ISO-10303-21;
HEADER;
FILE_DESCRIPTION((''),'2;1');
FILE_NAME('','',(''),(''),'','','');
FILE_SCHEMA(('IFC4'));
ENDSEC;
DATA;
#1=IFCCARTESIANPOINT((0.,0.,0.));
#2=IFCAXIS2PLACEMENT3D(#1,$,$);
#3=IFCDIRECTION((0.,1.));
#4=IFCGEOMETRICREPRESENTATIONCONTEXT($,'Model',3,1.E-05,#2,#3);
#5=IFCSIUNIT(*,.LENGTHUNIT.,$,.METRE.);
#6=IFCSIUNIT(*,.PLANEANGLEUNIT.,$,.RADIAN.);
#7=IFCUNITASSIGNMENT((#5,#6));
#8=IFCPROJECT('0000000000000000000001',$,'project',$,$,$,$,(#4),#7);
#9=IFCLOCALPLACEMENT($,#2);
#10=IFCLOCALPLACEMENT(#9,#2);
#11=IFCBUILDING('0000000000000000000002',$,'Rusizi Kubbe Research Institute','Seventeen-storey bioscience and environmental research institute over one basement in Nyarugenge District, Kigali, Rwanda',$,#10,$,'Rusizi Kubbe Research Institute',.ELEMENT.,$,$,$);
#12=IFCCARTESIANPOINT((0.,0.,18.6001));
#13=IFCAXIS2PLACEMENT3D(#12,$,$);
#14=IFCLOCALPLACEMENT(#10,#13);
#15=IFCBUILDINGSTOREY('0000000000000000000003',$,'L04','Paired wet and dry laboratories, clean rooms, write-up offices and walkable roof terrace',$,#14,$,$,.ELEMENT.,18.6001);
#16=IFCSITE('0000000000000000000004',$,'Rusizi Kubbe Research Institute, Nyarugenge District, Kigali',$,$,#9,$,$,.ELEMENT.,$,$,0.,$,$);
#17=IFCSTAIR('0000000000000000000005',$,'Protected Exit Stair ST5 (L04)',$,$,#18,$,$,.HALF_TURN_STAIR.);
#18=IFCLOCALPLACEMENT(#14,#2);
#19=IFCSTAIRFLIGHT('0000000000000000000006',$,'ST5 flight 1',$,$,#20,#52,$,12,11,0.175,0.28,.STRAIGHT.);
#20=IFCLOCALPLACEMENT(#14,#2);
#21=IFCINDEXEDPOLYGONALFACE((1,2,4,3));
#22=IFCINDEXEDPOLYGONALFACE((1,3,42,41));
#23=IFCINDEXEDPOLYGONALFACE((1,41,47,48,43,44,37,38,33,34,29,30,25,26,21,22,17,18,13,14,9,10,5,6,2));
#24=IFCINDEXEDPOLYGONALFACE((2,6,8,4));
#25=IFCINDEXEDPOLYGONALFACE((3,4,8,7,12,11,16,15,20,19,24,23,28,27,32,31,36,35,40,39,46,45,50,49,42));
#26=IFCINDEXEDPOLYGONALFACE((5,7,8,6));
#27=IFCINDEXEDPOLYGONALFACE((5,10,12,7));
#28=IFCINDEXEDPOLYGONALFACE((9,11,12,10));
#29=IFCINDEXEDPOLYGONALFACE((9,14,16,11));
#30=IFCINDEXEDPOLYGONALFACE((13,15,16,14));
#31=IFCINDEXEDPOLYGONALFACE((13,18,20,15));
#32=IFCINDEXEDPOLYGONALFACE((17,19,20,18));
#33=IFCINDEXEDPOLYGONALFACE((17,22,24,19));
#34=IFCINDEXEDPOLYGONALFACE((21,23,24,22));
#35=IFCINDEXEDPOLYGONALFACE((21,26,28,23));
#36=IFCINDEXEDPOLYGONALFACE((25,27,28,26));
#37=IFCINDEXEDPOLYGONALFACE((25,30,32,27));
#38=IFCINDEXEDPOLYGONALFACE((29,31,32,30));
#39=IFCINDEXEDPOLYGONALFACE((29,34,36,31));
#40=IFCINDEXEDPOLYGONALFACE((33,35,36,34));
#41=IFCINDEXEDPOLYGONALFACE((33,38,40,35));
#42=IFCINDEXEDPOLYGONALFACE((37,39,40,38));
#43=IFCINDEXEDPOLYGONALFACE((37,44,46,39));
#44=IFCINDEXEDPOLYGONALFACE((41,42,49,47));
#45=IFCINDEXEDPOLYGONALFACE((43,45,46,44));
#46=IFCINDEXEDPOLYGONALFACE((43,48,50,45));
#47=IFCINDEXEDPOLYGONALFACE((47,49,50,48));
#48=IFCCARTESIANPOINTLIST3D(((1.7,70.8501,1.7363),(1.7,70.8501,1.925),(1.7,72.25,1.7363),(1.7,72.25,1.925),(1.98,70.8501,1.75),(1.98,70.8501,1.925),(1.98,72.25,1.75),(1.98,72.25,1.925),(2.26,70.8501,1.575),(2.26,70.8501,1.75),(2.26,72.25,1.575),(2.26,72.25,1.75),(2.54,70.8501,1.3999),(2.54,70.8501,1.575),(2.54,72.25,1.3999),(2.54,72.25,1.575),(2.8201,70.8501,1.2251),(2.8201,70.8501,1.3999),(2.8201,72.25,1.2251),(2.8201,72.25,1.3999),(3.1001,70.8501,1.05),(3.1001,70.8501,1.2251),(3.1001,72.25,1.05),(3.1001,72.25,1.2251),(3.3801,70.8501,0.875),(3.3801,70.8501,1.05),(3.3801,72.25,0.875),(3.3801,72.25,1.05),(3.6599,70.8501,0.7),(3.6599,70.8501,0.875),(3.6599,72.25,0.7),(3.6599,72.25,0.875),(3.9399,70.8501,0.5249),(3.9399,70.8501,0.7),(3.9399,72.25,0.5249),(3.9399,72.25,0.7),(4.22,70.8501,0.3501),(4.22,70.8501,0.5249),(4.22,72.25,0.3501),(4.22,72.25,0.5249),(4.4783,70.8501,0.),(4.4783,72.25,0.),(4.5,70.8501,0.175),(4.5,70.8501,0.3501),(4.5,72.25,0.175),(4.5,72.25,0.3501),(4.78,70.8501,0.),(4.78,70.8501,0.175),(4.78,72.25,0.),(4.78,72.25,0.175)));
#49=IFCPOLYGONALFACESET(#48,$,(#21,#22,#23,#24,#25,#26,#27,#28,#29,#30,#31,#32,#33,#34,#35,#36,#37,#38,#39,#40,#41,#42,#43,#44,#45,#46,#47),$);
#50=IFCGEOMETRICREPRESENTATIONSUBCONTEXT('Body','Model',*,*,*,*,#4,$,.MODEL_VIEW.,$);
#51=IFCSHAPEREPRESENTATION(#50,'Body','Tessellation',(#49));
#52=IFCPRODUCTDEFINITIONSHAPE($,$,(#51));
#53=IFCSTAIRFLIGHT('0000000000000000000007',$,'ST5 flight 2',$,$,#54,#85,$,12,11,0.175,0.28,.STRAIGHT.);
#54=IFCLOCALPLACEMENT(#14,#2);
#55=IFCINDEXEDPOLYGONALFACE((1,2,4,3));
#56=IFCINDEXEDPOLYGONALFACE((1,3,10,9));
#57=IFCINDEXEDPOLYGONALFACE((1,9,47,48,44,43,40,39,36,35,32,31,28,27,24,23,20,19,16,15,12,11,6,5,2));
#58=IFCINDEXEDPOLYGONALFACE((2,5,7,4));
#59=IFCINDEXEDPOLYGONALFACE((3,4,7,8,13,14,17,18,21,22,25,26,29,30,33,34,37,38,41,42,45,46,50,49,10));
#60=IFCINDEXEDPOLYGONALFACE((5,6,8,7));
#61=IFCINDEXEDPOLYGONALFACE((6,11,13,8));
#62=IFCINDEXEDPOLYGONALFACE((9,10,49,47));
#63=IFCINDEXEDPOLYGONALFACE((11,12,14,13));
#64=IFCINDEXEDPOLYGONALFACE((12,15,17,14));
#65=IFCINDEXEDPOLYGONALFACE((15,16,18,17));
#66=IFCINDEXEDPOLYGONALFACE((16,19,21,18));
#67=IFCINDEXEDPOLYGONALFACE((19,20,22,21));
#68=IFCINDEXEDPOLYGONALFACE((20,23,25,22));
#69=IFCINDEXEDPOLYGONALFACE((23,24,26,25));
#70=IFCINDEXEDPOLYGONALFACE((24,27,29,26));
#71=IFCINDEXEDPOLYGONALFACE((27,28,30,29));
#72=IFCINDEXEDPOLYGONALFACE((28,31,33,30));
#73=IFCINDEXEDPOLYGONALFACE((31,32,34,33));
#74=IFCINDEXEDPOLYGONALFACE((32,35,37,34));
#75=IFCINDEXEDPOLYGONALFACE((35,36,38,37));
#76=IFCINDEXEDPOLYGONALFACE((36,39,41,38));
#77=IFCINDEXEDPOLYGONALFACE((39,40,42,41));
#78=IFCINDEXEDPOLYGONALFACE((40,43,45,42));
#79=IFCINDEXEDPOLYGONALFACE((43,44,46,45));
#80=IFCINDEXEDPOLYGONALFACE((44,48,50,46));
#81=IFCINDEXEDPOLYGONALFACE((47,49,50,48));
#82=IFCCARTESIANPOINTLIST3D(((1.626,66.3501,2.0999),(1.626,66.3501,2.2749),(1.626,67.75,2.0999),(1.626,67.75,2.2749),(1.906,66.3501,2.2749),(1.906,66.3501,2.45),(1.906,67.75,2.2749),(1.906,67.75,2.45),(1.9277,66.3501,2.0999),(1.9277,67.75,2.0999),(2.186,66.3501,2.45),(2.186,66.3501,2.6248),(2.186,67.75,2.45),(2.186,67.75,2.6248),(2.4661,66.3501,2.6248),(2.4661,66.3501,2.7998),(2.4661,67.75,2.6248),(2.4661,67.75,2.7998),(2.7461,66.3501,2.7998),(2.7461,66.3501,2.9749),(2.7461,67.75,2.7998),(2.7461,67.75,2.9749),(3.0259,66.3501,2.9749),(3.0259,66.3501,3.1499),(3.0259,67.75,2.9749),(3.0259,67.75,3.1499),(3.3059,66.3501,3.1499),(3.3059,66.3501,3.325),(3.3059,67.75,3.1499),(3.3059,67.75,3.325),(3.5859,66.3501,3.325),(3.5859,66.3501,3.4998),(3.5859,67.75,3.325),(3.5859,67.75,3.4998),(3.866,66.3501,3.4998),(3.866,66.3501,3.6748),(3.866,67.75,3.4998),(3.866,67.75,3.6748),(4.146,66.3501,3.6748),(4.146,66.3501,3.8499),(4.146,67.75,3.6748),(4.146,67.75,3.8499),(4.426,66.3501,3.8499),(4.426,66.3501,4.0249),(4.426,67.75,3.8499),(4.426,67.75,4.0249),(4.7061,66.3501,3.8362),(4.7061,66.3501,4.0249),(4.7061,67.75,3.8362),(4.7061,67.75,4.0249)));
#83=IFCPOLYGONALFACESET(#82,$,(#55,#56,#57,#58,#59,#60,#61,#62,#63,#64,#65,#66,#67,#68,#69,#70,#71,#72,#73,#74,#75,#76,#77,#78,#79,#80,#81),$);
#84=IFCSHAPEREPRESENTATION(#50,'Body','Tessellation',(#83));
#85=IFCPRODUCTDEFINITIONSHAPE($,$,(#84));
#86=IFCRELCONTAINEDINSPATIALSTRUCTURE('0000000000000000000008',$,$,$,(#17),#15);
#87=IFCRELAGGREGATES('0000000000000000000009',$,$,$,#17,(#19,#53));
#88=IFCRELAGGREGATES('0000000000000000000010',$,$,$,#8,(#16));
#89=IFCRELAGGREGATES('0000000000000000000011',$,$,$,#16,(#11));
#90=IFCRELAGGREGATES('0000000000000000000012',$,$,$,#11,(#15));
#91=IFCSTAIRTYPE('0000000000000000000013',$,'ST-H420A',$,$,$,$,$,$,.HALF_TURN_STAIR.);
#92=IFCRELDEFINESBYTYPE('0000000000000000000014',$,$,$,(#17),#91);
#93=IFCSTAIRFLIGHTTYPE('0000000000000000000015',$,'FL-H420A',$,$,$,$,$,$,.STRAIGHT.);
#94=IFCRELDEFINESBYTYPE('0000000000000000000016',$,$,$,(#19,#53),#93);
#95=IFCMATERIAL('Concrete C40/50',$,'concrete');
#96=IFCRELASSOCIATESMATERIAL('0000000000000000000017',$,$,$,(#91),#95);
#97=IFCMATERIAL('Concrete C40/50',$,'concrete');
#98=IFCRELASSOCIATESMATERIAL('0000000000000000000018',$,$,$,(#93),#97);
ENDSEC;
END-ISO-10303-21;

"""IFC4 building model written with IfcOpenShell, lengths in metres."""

from ifc_helpers import new_model, si_unit, direction, frame, origin, place, context, subcontext, project, spatial, polyline, outline, extrude, material, type_object, element, aggregate, save


model = new_model("IFC4")

# Units and contexts
model_context = context("Model", 3, precision=1e-05, world=origin(), true_north=direction((0.0, 1.0)))
body_context = subcontext(model_context, "Body", "Model", "MODEL_VIEW")
ifc_project = project(units=[si_unit("LENGTHUNIT", "METRE"), si_unit("PLANEANGLEUNIT", "RADIAN")], contexts=[model_context])

# Site, building, storey
site_placement = place(None, origin())
site = spatial("IfcSite", under=ifc_project, at=site_placement, Name="Rusizi Kubbe Research Institute, Nyarugenge District, Kigali", CompositionType="ELEMENT", RefElevation=0.0)
building_placement = place(site_placement, origin())
building = spatial("IfcBuilding", under=site, at=building_placement, Name="Rusizi Kubbe Research Institute", Description="Seventeen-storey bioscience and environmental research institute over one basement in Nyarugenge District, Kigali, Rwanda", LongName="Rusizi Kubbe Research Institute", CompositionType="ELEMENT")
storey_placement = place(building_placement, frame((0.0, 0.0, 18.6001)))
storey = spatial("IfcBuildingStorey", under=building, at=storey_placement, Name="L04", Description="Paired wet and dry laboratories, clean rooms, write-up offices and walkable roof terrace", CompositionType="ELEMENT", Elevation=18.6001)

# Stair, stair flights
ifc_material_1 = material(Name="Concrete C40/50", Category="concrete")
stair_type = type_object("IfcStairType", Name="ST-H420A", PredefinedType="HALF_TURN_STAIR", material=ifc_material_1)
stair_placement = place(storey_placement, origin())
stair = element("IfcStair", 1, at=stair_placement, inside=storey, type_object=stair_type, Name="Protected Exit Stair ST5 (L04)", PredefinedType="HALF_TURN_STAIR")
ifc_material_2 = material(Name="Concrete C40/50", Category="concrete")
stair_flight_type = type_object("IfcStairFlightType", Name="FL-H420A", PredefinedType="STRAIGHT", material=ifc_material_2)
stair_flight_1_placement = place(storey_placement, frame((4.78, 71.55, 0.0), z_axis=(0.0, 0.0, 1.0), x_axis=(-1.0, 0.0, 0.0)))
stair_flight_1 = element("IfcStairFlight", 2, at=stair_flight_1_placement, type_object=stair_flight_type, Name="ST5 flight 1", NumberOfRisers=12, NumberOfTreads=11, PredefinedType="STRAIGHT", RiserHeight=0.175, TreadLength=0.28, context=body_context, shape_type="SweptSolid", body=[
    extrude(outline(polyline([(0.0, 0.0), (0.0, 0.175), (0.28, 0.175), (0.28, 0.3501), (0.5601, 0.3501), (0.5601, 0.5249), (0.8401, 0.5249), (0.8401, 0.7), (1.1201, 0.7), (1.1201, 0.875), (1.3999, 0.875), (1.3999, 1.05), (1.6799, 1.05), (1.6799, 1.2251), (1.96, 1.2251), (1.96, 1.3999), (2.24, 1.3999), (2.24, 1.575), (2.52, 1.575), (2.52, 1.75), (2.8, 1.75), (2.8, 1.925), (3.0801, 1.925), (3.0801, 2.1001), (3.0801, 1.7363), (0.3018, 0.0), (0.0, 0.0)])), frame((0.0, 0.7, 0.0), z_axis=(0.0, -1.0, 0.0), x_axis=(1.0, 0.0, 0.0)), (0.0, 0.0, 1.0), 1.3999),
])
stair_flight_2_placement = place(storey_placement, frame((1.626, 67.05, 2.0999), z_axis=(0.0, 0.0, 1.0), x_axis=(1.0, 0.0, 0.0)))
stair_flight_2 = element("IfcStairFlight", 3, at=stair_flight_2_placement, type_object=stair_flight_type, Name="ST5 flight 2", NumberOfRisers=12, NumberOfTreads=11, PredefinedType="STRAIGHT", RiserHeight=0.175, TreadLength=0.28, context=body_context, shape_type="SweptSolid", body=[
    extrude(outline(polyline([(0.0, 0.0), (0.0, 0.175), (0.28, 0.175), (0.28, 0.3501), (0.5601, 0.3501), (0.5601, 0.5249), (0.8401, 0.5249), (0.8401, 0.7), (1.1201, 0.7), (1.1201, 0.875), (1.3999, 0.875), (1.3999, 1.05), (1.6799, 1.05), (1.6799, 1.2251), (1.96, 1.2251), (1.96, 1.3999), (2.24, 1.3999), (2.24, 1.575), (2.52, 1.575), (2.52, 1.75), (2.8, 1.75), (2.8, 1.925), (3.0801, 1.925), (3.0801, 2.1001), (3.0801, 1.7363), (0.3018, 0.0), (0.0, 0.0)])), frame((0.0, 0.7, 0.0), z_axis=(0.0, -1.0, 0.0), x_axis=(1.0, 0.0, 0.0)), (0.0, 0.0, 1.0), 1.3999),
])
aggregate(stair, [stair_flight_1, stair_flight_2])

save(model, "model.ifc")
